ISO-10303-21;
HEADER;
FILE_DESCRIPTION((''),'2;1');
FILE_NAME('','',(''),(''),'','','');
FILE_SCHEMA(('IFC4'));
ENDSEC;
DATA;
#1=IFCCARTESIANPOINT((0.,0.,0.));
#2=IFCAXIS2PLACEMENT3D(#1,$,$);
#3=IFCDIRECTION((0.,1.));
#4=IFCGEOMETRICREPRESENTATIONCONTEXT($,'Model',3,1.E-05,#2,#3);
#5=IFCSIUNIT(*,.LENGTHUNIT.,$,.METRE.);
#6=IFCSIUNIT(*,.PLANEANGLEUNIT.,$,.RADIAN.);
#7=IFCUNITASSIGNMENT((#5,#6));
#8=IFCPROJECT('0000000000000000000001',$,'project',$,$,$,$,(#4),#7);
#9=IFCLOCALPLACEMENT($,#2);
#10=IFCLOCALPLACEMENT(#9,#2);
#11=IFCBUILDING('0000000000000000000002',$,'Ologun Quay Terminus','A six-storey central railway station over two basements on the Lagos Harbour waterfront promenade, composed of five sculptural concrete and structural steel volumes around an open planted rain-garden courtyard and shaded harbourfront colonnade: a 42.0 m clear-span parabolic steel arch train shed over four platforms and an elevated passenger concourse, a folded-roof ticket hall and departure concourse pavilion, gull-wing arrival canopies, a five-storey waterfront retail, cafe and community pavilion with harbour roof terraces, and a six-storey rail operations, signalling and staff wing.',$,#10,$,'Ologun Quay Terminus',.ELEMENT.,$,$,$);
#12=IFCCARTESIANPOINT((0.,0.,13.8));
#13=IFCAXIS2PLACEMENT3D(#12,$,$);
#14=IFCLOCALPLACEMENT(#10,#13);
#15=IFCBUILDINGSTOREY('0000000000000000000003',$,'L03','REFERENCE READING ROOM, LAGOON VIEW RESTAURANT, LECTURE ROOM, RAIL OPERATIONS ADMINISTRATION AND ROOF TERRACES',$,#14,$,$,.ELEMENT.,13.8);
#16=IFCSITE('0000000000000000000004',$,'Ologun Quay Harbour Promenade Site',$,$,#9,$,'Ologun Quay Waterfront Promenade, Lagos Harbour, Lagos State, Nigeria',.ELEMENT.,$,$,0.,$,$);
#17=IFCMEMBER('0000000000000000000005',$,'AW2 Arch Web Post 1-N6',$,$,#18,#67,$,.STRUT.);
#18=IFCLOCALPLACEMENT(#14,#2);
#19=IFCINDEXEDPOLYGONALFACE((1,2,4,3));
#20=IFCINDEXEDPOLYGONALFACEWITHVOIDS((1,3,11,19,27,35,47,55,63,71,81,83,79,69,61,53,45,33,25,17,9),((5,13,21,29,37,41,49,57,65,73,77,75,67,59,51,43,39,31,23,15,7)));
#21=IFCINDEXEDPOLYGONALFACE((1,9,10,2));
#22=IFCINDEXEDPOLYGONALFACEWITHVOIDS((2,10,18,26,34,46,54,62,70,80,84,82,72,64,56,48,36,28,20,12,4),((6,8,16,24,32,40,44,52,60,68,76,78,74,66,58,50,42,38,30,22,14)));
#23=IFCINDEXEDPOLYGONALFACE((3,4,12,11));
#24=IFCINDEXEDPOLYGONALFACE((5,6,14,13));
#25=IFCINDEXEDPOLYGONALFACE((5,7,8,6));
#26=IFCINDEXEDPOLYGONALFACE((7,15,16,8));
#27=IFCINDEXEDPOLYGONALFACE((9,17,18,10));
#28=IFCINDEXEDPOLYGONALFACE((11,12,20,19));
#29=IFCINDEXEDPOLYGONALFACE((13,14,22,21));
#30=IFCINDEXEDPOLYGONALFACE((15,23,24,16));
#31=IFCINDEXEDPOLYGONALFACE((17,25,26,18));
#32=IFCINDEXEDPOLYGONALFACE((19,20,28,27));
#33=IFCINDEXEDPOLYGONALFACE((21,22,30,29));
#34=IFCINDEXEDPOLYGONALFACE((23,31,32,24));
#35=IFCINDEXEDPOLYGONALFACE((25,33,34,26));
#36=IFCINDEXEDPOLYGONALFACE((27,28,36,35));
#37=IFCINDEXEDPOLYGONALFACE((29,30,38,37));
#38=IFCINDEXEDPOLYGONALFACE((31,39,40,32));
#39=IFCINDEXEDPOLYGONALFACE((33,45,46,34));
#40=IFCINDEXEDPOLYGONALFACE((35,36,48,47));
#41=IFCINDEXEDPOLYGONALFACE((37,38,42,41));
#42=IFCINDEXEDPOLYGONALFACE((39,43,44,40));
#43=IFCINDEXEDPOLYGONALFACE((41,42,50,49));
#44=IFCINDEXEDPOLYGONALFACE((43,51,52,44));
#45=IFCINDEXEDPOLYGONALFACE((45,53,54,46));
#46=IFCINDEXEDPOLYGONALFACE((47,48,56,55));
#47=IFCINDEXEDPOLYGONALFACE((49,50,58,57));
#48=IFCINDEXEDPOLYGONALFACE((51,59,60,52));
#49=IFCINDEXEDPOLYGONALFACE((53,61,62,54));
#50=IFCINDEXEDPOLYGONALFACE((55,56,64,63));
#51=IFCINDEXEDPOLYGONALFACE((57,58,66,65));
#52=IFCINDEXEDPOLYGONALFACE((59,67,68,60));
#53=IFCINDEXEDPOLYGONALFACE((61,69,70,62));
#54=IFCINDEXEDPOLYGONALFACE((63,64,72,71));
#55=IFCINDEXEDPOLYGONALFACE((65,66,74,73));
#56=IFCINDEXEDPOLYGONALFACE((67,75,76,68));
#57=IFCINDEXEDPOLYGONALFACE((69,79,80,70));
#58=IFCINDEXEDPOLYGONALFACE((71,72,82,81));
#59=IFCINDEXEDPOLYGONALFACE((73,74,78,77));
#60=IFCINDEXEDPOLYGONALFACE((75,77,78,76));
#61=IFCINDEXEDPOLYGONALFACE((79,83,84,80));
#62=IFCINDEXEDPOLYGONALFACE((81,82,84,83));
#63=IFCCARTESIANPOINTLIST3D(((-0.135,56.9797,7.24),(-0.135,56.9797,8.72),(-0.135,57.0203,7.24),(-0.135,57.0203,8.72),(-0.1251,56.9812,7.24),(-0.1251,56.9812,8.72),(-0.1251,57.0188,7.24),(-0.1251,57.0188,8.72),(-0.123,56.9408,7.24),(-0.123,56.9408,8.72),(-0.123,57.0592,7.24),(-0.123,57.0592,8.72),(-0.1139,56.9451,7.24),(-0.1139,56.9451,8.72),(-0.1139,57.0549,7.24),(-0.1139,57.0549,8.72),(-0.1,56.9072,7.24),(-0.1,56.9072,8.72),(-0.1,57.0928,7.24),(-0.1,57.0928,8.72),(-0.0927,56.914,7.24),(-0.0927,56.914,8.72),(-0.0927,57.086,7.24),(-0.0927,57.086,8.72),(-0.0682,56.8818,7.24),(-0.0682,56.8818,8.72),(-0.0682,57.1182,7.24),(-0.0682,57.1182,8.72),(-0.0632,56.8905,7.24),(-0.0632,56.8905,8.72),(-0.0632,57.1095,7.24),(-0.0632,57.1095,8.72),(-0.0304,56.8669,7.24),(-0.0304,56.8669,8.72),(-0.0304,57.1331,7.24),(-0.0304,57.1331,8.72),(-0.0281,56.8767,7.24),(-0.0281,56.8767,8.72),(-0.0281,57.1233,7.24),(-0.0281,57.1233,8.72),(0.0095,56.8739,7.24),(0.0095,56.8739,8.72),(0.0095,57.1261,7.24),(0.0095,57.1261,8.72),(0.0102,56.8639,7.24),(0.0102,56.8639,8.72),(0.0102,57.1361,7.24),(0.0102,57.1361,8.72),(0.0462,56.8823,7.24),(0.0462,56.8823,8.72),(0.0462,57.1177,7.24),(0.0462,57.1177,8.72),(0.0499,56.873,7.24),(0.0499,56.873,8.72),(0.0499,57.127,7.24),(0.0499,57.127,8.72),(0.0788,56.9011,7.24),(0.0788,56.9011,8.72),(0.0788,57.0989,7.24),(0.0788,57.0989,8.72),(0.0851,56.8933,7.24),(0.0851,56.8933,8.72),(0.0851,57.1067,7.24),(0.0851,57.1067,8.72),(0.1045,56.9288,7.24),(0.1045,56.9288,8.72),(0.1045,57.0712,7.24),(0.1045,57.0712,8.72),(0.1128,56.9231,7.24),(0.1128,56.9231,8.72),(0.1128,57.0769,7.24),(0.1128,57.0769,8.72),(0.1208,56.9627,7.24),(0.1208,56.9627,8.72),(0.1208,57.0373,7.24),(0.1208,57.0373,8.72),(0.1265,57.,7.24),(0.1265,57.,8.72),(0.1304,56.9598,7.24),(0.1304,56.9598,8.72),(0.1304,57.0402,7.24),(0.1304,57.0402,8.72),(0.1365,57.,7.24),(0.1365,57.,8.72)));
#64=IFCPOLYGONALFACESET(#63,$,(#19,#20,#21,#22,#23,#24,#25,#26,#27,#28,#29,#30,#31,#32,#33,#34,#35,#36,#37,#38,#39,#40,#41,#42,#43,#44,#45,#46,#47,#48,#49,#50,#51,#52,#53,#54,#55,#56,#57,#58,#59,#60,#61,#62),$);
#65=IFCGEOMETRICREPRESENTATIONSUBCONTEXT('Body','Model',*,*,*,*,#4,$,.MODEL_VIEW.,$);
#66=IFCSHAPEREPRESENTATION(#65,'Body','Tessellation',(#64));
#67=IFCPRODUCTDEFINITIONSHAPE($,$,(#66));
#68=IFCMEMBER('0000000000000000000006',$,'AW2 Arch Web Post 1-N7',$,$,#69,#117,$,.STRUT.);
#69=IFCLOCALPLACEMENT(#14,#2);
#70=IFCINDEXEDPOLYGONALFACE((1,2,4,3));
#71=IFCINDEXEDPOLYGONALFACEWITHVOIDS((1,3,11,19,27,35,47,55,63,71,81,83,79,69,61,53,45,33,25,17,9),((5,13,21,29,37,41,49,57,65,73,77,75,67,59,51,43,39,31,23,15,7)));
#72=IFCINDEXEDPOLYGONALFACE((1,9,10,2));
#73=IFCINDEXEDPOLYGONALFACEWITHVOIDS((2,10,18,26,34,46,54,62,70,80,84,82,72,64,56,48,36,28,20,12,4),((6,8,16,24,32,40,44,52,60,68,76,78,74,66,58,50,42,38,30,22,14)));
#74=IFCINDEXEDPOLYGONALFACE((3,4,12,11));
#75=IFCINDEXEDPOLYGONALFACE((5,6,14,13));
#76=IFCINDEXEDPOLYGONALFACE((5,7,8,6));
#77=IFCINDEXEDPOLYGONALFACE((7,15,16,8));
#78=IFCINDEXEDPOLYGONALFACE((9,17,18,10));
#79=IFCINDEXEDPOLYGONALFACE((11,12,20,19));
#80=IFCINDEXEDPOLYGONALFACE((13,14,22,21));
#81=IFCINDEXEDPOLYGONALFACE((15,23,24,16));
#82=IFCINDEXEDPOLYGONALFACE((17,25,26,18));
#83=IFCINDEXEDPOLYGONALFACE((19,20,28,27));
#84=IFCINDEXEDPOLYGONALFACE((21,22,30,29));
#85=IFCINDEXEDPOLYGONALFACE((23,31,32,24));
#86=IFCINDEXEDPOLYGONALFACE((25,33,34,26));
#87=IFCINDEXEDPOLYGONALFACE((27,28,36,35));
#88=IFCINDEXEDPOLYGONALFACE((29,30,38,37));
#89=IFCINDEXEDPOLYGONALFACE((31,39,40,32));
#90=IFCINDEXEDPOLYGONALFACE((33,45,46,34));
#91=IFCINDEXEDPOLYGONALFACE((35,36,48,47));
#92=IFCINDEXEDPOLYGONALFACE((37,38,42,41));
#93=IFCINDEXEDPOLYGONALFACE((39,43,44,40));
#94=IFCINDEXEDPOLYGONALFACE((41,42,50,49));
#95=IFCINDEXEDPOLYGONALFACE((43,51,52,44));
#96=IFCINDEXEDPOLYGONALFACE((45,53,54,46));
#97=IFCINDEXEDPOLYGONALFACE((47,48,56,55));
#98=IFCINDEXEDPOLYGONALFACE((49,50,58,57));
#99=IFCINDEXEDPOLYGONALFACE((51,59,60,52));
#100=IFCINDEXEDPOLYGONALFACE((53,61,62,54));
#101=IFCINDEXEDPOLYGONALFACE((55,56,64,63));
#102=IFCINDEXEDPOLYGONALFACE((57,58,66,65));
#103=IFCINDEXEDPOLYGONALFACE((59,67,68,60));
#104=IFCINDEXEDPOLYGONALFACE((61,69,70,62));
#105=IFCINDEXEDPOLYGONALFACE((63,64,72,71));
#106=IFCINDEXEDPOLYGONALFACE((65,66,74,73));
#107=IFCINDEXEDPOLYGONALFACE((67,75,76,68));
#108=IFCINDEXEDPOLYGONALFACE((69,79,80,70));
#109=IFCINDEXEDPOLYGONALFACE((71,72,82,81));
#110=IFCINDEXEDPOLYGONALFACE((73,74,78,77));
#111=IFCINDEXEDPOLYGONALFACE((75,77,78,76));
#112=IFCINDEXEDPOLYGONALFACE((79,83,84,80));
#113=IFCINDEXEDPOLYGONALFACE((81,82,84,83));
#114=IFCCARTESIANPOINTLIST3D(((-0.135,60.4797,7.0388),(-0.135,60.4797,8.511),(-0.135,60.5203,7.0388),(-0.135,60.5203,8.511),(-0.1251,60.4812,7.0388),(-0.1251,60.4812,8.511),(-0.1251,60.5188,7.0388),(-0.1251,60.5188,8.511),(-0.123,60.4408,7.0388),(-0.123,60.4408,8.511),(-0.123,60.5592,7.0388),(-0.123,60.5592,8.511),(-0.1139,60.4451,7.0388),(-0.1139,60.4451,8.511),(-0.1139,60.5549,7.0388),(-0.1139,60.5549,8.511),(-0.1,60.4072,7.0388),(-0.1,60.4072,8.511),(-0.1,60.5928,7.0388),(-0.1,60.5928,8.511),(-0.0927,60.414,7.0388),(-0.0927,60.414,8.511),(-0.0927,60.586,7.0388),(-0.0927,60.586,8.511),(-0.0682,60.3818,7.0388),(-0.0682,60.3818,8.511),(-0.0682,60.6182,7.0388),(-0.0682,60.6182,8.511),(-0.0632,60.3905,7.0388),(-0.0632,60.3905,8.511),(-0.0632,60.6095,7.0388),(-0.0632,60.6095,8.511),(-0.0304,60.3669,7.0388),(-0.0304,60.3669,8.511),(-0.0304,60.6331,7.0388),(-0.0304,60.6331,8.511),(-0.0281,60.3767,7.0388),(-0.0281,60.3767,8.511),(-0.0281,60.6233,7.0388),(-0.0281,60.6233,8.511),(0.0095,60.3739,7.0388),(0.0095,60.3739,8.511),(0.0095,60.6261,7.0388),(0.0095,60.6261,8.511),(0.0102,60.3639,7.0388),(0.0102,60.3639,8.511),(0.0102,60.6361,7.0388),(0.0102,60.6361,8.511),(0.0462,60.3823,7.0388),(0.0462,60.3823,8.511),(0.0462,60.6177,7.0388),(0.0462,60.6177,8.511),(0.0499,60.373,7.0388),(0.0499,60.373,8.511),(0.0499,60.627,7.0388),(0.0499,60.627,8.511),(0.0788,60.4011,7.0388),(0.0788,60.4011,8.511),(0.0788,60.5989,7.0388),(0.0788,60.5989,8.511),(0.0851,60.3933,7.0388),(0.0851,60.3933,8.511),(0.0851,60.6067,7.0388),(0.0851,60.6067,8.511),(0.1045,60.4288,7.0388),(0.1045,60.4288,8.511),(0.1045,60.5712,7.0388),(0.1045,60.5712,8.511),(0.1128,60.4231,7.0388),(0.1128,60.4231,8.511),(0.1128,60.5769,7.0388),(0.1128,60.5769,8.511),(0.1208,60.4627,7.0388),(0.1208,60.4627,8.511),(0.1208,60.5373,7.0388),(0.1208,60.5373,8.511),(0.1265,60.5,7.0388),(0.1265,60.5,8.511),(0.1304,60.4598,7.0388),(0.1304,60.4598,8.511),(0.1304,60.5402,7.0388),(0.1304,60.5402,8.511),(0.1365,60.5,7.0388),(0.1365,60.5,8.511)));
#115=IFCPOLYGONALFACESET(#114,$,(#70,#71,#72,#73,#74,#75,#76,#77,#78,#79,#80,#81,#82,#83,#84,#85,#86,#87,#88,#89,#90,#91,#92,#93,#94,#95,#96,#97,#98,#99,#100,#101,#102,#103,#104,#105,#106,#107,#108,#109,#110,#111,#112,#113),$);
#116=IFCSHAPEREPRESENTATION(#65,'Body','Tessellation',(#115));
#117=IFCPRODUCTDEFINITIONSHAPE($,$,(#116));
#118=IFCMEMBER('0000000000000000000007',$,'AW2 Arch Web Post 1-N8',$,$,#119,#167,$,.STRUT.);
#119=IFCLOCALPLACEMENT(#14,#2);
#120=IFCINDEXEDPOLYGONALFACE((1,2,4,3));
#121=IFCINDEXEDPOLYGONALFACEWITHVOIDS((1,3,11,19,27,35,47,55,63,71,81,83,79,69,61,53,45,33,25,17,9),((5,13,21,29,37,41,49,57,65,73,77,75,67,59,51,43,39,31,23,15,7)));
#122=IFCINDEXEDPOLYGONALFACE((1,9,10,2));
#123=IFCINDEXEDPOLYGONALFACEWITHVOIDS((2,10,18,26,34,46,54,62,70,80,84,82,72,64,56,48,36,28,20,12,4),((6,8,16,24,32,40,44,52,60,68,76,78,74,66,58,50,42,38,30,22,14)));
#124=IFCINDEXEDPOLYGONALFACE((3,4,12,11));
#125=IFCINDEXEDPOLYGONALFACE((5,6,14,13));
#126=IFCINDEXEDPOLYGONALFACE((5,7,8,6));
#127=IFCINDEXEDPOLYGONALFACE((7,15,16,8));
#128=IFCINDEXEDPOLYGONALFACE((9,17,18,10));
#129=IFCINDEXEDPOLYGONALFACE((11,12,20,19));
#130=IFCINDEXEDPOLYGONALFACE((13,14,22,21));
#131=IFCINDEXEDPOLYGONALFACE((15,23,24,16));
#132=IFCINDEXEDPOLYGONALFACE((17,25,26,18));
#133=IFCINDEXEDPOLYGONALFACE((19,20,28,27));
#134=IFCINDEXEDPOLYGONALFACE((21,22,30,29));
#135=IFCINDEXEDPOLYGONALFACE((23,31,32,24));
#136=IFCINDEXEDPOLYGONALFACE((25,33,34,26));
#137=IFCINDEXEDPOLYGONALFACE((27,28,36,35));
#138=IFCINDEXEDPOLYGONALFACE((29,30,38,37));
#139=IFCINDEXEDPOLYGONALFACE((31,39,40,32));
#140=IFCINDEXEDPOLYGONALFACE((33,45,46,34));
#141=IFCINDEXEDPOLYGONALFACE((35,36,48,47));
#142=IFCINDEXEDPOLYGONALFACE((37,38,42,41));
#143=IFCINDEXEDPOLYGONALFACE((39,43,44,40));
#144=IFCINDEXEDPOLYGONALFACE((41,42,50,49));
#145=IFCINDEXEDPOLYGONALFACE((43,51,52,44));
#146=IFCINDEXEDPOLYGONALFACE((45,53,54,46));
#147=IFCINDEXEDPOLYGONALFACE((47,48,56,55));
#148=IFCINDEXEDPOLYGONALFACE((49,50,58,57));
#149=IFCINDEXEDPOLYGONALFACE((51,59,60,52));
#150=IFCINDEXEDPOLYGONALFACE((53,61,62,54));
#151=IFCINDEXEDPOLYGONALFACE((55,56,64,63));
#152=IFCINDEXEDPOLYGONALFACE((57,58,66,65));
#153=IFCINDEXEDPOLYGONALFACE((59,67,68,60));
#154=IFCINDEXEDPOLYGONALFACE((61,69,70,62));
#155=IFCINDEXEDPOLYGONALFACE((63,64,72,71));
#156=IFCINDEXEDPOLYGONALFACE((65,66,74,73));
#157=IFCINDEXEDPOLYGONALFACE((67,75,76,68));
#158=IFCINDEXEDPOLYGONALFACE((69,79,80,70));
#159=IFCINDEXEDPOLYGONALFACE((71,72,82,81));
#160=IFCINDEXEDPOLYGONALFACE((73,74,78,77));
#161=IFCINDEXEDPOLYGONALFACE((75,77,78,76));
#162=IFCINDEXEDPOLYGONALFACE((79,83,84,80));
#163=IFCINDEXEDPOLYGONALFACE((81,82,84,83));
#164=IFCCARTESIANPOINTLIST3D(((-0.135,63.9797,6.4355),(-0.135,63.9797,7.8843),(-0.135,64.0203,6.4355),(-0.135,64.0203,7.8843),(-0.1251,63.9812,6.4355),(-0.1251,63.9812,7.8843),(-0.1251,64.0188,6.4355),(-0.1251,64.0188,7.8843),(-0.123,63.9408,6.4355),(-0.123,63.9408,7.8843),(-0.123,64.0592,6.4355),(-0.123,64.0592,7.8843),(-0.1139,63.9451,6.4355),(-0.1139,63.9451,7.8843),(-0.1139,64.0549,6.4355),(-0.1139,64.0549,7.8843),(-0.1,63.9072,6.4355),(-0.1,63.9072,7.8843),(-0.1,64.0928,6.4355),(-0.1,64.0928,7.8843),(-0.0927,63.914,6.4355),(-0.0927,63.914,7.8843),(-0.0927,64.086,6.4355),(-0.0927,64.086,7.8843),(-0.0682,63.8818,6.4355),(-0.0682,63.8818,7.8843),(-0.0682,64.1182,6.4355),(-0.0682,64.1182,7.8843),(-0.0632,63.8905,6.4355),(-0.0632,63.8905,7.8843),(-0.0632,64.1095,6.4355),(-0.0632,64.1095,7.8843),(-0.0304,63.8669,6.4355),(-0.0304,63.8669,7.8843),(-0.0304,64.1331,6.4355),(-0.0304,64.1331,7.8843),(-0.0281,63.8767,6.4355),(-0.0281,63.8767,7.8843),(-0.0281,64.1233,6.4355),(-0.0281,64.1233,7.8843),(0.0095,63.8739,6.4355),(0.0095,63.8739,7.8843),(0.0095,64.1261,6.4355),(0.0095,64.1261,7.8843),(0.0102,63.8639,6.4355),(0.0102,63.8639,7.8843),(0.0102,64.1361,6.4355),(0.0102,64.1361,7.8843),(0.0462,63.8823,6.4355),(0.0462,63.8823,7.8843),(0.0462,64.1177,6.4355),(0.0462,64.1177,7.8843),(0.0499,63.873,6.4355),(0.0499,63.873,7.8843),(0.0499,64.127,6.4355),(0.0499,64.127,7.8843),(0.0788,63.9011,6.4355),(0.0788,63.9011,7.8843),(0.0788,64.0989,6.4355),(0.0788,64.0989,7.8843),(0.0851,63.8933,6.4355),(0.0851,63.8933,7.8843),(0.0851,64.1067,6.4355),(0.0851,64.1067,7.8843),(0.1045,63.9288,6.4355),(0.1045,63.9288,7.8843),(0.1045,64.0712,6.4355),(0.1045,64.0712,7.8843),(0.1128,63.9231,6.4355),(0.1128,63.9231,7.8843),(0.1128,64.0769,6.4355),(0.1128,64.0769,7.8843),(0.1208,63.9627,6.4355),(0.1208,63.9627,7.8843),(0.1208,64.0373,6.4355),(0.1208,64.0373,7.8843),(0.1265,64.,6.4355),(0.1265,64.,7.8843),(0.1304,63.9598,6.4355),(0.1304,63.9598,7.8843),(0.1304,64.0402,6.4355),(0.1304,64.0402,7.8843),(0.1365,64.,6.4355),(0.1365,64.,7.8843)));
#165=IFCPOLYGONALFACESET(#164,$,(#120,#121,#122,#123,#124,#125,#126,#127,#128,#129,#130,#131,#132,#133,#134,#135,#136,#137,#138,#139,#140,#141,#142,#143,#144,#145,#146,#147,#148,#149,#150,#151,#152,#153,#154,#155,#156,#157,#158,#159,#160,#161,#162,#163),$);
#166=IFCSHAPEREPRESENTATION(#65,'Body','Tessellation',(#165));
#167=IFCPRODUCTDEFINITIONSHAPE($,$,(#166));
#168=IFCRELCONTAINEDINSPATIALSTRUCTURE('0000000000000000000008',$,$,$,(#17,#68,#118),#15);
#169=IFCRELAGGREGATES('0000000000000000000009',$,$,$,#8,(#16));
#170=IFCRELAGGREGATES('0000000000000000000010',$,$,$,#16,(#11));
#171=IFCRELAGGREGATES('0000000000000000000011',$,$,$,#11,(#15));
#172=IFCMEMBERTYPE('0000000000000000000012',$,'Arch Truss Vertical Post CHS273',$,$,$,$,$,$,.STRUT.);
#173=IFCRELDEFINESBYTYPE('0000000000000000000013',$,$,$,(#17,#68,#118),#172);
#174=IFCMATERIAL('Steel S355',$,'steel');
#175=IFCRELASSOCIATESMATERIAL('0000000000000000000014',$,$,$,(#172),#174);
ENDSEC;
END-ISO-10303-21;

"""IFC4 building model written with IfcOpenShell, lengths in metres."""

from ifc_helpers import new_model, si_unit, direction, frame, origin, origin_2d, place, context, subcontext, project, spatial, hollow_circle, extrude, material, material_profile, profile_set, type_object, element, save


model = new_model("IFC4")

# Units and contexts
model_context = context("Model", 3, precision=1e-05, world=origin(), true_north=direction((0.0, 1.0)))
body_context = subcontext(model_context, "Body", "Model", "MODEL_VIEW")
ifc_project = project(units=[si_unit("LENGTHUNIT", "METRE"), si_unit("PLANEANGLEUNIT", "RADIAN")], contexts=[model_context])

# Site, building, storey
site_placement = place(None, origin())
site = spatial("IfcSite", under=ifc_project, at=site_placement, Name="Ologun Quay Harbour Promenade Site", LongName="Ologun Quay Waterfront Promenade, Lagos Harbour, Lagos State, Nigeria", CompositionType="ELEMENT", RefElevation=0.0)
building_placement = place(site_placement, origin())
building = spatial("IfcBuilding", under=site, at=building_placement, Name="Ologun Quay Terminus", Description="A six-storey central railway station over two basements on the Lagos Harbour waterfront promenade, composed of five sculptural concrete and structural steel volumes around an open planted rain-garden courtyard and shaded harbourfront colonnade: a 42.0 m clear-span parabolic steel arch train shed over four platforms and an elevated passenger concourse, a folded-roof ticket hall and departure concourse pavilion, gull-wing arrival canopies, a five-storey waterfront retail, cafe and community pavilion with harbour roof terraces, and a six-storey rail operations, signalling and staff wing.", LongName="Ologun Quay Terminus", CompositionType="ELEMENT")
storey_placement = place(building_placement, frame((0.0, 0.0, 13.8)))
storey = spatial("IfcBuildingStorey", under=building, at=storey_placement, Name="L03", Description="REFERENCE READING ROOM, LAGOON VIEW RESTAURANT, LECTURE ROOM, RAIL OPERATIONS ADMINISTRATION AND ROOF TERRACES", CompositionType="ELEMENT", Elevation=13.8)

# Members
ifc_material_1 = material(Name="Steel S355", Category="steel")
ifc_material_profile_1 = material_profile(ifc_material_1, hollow_circle(Radius=0.1365, WallThickness=0.01, at=origin_2d()), Name="CHS 273x10")
ifc_profile_set_1 = profile_set([ifc_material_profile_1], Name="Steel S355")
member_type_1 = type_object("IfcMemberType", Name="Arch Truss Vertical Post CHS273", PredefinedType="STRUT", material=ifc_profile_set_1)
member_1_placement = place(storey_placement, frame((0.0, 57.0, 7.24), z_axis=(0.0, 0.0, 1.0), x_axis=(1.0, 0.0, 0.0)))
element("IfcMember", 1, at=member_1_placement, inside=storey, type_object=member_type_1, Name="AW2 Arch Web Post 1-N6", PredefinedType="STRUT", context=body_context, shape_type="SweptSolid", body=[
    extrude(hollow_circle(Radius=0.1365, WallThickness=0.01, at=origin_2d()), origin(), (0.0, 0.0, 1.0), 1.48),
])
member_2_placement = place(storey_placement, frame((0.0, 60.5, 7.0388), z_axis=(0.0, 0.0, 1.0), x_axis=(1.0, 0.0, 0.0)))
element("IfcMember", 2, at=member_2_placement, inside=storey, type_object=member_type_1, Name="AW2 Arch Web Post 1-N7", PredefinedType="STRUT", context=body_context, shape_type="SweptSolid", body=[
    extrude(hollow_circle(Radius=0.1365, WallThickness=0.01, at=origin_2d()), origin(), (0.0, 0.0, 1.0), 1.4722),
])
member_3_placement = place(storey_placement, frame((0.0, 64.0, 6.4355), z_axis=(0.0, 0.0, 1.0), x_axis=(1.0, 0.0, 0.0)))
element("IfcMember", 3, at=member_3_placement, inside=storey, type_object=member_type_1, Name="AW2 Arch Web Post 1-N8", PredefinedType="STRUT", context=body_context, shape_type="SweptSolid", body=[
    extrude(hollow_circle(Radius=0.1365, WallThickness=0.01, at=origin_2d()), origin(), (0.0, 0.0, 1.0), 1.4487),
])

save(model, "model.ifc")
